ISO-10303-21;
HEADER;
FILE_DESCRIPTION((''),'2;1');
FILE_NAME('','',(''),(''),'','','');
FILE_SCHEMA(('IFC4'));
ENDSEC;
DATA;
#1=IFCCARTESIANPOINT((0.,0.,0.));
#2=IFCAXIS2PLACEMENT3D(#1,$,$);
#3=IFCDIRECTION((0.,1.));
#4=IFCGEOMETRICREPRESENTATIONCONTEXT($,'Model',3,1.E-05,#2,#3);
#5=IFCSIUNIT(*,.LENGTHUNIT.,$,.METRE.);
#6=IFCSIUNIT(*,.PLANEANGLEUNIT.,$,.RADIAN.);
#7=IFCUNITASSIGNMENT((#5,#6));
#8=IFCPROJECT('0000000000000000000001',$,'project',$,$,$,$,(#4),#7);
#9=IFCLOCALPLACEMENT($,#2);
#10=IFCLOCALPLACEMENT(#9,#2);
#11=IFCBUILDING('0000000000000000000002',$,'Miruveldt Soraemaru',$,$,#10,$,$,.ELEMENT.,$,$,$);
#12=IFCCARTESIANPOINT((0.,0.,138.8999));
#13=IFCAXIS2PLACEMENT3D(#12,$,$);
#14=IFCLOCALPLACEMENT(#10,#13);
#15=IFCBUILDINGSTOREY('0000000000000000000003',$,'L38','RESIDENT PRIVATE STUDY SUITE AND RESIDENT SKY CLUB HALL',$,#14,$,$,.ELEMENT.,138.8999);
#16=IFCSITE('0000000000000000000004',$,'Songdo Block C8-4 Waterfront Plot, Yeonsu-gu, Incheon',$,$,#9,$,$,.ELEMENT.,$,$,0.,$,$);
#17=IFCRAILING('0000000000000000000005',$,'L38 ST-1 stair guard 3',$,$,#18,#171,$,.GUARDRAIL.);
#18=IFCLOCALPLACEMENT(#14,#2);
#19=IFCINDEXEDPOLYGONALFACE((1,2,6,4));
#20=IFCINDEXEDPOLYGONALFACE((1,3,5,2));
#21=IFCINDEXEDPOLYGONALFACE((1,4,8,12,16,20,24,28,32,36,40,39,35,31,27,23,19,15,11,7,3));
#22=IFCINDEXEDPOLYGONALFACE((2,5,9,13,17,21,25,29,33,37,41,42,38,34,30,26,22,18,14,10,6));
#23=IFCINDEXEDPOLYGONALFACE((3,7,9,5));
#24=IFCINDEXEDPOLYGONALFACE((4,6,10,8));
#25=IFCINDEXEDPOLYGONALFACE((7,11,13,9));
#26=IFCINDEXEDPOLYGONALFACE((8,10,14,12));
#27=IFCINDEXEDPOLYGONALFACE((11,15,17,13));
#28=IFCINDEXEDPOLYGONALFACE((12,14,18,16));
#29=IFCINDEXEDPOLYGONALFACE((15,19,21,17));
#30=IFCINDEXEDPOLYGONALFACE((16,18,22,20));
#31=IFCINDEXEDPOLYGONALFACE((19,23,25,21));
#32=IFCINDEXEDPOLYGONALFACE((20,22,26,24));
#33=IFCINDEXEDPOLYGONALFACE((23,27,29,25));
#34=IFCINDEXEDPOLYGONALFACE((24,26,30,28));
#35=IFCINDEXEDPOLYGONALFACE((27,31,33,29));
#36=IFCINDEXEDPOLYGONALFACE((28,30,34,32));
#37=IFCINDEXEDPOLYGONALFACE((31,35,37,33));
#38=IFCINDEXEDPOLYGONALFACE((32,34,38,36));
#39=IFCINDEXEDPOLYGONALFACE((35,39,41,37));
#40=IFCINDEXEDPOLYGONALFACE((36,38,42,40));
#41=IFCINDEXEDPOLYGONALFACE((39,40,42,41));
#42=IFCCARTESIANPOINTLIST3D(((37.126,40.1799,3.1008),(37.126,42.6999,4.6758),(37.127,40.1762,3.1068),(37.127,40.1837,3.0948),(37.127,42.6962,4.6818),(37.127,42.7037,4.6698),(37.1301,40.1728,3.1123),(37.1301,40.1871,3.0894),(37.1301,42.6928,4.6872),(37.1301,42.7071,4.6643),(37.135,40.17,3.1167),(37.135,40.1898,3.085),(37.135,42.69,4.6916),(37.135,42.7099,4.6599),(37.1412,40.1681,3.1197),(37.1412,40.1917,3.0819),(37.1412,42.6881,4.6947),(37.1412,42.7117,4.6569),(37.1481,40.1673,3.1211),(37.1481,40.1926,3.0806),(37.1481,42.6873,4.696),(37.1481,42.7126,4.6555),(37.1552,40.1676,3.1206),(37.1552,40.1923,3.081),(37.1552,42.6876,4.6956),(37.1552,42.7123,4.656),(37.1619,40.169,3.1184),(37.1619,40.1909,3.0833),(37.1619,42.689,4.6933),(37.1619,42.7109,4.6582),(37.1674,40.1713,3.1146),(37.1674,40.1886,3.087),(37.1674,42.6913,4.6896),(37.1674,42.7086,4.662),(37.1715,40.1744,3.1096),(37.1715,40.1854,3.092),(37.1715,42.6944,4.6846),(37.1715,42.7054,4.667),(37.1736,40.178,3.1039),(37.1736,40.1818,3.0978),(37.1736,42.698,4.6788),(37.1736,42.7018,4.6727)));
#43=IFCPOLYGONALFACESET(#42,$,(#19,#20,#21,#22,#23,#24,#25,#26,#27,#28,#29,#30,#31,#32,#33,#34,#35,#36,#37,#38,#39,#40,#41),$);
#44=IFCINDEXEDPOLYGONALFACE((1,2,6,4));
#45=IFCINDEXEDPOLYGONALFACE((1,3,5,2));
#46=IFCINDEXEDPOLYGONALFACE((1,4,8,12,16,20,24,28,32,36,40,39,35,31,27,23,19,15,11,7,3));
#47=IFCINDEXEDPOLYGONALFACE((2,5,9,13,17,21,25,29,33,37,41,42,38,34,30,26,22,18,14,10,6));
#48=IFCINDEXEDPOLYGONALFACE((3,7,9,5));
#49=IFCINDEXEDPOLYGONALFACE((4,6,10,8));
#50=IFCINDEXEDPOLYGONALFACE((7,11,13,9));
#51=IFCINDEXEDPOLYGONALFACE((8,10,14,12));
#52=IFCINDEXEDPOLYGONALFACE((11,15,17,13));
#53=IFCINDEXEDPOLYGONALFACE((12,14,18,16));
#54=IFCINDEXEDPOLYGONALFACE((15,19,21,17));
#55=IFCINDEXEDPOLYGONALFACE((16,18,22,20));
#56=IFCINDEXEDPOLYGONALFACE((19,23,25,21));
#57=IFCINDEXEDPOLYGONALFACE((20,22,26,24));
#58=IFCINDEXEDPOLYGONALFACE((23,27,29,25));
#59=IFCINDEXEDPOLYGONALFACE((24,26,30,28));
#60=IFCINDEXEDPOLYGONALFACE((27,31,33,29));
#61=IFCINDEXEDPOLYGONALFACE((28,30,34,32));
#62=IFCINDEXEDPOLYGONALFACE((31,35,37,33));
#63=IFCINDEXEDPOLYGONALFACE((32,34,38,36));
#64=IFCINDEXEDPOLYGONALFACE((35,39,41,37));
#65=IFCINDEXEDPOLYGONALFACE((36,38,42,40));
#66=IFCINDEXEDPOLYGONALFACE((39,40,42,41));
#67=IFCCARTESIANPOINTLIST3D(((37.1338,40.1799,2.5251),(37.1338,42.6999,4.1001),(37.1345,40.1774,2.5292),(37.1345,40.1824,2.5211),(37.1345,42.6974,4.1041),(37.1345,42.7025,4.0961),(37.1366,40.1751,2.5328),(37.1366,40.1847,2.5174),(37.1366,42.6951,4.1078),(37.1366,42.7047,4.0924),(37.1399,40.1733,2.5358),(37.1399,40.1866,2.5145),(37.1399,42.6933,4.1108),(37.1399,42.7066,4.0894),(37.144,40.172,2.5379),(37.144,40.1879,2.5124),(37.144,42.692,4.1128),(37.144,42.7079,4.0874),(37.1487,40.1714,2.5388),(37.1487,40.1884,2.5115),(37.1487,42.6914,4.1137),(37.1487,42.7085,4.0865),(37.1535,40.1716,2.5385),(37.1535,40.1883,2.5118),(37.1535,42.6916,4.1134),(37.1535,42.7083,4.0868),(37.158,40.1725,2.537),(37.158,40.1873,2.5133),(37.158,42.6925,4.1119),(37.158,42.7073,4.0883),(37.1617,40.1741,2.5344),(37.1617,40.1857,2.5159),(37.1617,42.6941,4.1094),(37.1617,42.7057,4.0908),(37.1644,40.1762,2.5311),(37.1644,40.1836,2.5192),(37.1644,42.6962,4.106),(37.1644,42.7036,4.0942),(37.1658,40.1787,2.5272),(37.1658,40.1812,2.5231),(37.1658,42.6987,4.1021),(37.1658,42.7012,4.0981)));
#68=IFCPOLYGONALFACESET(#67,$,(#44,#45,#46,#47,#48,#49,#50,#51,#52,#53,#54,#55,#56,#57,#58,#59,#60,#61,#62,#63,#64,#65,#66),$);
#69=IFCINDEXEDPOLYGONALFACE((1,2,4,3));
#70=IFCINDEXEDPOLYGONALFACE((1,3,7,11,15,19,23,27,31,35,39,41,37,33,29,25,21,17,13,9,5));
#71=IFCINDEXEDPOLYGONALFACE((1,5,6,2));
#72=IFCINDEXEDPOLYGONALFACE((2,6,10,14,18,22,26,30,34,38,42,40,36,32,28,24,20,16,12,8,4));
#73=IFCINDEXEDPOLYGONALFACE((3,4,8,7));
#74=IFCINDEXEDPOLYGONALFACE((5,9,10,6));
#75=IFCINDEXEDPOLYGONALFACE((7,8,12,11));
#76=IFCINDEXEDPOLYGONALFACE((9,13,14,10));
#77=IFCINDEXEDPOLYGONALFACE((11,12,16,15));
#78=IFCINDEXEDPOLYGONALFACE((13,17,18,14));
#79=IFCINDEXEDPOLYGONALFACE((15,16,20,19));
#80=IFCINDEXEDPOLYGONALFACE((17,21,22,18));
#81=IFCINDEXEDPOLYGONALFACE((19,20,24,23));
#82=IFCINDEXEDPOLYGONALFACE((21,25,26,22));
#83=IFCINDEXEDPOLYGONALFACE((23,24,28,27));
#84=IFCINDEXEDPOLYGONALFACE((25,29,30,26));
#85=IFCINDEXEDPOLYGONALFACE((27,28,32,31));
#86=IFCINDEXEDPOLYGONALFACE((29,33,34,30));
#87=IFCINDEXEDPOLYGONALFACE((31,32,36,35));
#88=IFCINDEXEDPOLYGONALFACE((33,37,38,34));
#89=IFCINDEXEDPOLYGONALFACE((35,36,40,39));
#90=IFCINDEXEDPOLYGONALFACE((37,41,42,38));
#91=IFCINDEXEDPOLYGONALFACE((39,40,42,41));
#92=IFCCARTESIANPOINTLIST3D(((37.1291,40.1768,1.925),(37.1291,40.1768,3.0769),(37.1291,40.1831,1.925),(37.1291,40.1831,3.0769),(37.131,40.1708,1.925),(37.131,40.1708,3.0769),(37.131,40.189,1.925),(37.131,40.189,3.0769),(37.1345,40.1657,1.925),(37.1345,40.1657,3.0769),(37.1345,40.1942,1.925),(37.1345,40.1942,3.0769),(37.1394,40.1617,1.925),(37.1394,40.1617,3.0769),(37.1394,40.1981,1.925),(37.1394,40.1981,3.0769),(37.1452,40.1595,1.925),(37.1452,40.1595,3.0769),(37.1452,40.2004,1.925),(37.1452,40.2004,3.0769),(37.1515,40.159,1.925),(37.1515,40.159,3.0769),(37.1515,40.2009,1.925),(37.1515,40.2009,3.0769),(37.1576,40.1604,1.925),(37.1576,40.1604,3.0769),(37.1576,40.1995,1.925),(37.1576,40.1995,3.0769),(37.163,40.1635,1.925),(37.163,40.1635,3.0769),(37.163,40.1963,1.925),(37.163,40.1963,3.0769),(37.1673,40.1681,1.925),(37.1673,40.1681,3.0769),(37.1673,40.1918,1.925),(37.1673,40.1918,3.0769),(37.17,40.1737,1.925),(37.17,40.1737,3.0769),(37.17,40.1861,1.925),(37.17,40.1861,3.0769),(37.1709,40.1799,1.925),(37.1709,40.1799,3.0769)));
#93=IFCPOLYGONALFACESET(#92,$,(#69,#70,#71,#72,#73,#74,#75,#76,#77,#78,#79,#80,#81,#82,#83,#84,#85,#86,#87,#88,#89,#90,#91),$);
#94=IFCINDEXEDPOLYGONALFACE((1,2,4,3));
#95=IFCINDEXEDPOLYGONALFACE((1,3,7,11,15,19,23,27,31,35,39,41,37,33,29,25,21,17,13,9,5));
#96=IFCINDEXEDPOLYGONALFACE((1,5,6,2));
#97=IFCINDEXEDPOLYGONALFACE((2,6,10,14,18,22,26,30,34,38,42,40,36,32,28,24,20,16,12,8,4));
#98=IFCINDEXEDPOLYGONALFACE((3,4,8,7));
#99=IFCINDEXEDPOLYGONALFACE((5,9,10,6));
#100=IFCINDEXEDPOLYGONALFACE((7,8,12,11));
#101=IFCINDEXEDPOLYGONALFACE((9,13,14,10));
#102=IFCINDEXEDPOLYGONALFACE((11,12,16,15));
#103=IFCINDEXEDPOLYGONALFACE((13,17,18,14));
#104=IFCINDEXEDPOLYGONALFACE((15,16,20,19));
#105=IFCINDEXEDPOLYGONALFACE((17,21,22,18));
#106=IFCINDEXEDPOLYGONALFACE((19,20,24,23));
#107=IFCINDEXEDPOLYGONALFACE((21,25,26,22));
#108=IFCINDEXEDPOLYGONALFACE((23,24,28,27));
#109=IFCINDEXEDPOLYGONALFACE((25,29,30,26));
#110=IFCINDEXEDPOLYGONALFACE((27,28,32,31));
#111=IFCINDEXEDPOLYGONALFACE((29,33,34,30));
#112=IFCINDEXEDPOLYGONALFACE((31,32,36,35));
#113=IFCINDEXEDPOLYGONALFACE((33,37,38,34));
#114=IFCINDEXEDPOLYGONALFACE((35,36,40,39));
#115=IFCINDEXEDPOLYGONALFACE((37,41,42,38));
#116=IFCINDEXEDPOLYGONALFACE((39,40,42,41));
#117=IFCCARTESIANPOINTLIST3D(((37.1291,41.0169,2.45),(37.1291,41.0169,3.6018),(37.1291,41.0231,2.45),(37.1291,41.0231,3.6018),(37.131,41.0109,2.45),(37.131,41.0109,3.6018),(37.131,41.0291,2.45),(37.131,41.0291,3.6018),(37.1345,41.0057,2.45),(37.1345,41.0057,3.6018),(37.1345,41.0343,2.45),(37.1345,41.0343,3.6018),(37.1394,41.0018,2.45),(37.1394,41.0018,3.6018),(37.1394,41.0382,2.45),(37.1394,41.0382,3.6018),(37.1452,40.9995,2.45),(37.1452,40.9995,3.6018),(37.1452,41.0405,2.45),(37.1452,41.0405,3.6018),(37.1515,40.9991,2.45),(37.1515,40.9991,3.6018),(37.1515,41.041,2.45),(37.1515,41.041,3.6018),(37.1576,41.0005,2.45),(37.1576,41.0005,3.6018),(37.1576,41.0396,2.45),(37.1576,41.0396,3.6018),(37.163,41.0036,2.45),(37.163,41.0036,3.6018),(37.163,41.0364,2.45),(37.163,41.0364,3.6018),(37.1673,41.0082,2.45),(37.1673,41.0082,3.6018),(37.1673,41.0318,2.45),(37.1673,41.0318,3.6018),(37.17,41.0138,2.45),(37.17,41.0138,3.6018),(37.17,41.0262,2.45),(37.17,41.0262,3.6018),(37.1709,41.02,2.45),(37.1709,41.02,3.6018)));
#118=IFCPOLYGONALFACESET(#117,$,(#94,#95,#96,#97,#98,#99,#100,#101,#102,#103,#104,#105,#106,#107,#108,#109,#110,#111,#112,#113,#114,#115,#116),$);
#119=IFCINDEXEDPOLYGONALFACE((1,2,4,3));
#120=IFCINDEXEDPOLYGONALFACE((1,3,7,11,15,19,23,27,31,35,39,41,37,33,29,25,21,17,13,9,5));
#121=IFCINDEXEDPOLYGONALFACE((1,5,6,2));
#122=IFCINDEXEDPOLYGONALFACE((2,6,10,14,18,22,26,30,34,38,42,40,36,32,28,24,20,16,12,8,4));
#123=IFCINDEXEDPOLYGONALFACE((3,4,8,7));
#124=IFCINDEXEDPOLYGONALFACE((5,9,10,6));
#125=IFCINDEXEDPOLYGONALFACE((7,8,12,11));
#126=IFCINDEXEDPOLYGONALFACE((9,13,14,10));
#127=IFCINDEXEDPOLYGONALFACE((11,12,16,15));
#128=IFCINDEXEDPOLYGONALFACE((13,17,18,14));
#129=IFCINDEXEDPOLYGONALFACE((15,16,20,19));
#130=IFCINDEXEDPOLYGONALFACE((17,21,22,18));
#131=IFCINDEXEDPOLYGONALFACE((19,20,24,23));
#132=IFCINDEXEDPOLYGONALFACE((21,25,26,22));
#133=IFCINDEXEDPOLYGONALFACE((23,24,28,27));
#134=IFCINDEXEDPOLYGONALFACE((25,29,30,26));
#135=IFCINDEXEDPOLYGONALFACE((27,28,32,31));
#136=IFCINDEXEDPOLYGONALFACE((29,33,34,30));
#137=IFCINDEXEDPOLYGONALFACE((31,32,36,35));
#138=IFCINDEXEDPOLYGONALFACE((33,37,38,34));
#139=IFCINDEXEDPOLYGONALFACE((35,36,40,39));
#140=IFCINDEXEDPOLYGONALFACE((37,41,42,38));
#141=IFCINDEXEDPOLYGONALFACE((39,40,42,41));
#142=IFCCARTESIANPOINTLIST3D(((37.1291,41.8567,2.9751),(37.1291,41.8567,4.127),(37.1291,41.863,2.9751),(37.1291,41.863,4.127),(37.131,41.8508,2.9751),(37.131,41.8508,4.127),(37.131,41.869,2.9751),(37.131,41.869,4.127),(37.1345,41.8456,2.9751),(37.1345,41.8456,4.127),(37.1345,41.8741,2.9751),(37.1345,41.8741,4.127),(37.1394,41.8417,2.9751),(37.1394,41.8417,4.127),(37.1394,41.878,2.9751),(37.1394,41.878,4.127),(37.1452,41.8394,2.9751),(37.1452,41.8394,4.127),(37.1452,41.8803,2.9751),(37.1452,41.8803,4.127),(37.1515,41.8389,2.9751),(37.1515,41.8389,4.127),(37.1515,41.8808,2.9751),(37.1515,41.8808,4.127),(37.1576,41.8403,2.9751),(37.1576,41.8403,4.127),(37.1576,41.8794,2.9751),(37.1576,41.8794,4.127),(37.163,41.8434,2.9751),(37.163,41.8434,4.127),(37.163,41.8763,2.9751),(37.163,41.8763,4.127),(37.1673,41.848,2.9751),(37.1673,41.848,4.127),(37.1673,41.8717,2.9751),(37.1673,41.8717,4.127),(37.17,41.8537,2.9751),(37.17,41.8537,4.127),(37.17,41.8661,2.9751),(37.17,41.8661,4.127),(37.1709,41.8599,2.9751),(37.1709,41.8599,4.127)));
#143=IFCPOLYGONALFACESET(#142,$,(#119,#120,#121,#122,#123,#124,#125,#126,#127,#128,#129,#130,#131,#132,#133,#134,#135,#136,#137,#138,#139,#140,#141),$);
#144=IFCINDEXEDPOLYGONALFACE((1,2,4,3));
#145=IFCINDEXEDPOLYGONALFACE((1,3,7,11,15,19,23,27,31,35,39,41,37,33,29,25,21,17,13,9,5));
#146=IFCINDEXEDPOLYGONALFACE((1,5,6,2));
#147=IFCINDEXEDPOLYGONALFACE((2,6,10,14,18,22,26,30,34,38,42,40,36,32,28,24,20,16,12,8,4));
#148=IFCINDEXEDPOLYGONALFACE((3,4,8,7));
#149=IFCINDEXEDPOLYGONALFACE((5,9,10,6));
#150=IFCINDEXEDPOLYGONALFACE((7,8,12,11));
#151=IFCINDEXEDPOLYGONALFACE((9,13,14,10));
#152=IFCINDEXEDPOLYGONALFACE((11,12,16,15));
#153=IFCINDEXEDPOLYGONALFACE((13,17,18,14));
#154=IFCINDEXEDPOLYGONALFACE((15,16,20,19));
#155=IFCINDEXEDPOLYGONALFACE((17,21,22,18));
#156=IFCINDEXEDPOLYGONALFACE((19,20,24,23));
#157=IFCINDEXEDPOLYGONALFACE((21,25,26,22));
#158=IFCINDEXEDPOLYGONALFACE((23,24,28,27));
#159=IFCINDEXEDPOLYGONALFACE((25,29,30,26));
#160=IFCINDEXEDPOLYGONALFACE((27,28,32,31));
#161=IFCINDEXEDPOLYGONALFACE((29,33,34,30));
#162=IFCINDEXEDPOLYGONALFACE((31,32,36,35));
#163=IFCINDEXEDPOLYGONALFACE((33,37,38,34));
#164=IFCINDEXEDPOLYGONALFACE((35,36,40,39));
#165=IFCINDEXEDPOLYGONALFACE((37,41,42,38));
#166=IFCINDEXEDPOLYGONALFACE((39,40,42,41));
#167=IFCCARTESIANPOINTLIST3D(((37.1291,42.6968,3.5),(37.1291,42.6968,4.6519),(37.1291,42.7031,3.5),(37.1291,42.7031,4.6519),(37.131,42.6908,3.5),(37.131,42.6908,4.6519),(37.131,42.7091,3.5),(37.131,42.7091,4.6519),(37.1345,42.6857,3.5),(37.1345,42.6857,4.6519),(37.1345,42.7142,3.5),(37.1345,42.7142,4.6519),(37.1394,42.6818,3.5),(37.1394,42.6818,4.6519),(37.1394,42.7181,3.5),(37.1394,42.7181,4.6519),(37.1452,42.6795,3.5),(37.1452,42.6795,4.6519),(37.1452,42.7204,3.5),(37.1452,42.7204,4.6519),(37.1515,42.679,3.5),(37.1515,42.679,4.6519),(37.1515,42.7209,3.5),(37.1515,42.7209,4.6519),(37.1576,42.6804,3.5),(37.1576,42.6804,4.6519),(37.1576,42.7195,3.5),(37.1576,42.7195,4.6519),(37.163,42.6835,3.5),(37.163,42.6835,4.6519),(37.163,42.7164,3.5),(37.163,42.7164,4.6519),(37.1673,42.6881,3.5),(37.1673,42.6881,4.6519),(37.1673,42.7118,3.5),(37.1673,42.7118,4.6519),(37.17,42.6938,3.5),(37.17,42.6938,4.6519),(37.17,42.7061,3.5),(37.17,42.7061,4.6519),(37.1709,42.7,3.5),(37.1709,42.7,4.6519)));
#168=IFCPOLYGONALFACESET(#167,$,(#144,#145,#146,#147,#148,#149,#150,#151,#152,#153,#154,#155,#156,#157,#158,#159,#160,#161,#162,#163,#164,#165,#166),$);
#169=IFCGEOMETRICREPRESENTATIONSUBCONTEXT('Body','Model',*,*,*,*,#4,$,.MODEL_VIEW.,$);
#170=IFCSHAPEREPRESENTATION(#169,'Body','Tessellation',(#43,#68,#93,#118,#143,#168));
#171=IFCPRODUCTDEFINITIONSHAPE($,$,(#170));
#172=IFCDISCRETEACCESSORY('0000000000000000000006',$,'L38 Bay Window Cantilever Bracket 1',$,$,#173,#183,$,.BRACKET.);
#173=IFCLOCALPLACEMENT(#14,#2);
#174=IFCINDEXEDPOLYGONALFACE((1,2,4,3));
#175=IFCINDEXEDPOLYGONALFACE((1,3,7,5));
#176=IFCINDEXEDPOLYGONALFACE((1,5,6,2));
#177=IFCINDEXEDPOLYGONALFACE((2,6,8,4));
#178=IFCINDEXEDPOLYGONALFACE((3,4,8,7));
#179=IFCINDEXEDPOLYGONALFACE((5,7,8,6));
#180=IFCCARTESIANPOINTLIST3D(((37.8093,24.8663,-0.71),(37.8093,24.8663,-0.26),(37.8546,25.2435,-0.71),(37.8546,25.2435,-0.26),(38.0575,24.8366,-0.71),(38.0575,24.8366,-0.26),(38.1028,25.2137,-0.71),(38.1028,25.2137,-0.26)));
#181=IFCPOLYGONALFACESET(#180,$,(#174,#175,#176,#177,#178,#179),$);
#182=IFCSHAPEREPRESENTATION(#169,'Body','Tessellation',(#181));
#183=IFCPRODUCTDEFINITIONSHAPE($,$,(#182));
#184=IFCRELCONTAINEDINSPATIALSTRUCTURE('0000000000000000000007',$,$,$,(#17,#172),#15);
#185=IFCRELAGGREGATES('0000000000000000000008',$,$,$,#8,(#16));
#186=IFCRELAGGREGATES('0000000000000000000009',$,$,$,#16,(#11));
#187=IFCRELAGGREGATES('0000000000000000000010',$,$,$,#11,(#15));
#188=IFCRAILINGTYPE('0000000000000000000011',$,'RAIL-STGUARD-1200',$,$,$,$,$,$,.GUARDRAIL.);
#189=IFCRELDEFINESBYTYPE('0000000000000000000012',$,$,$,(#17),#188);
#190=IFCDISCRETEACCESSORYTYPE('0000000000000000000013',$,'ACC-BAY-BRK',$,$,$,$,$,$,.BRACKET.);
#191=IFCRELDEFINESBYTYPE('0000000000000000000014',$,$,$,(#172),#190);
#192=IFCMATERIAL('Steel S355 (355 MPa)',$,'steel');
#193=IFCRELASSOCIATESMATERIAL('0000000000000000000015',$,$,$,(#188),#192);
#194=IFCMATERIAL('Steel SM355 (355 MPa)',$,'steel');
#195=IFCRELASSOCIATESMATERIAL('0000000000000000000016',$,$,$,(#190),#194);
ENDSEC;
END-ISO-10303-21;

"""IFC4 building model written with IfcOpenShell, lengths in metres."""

from ifc_helpers import new_model, si_unit, direction, frame, origin, origin_2d, place, context, subcontext, project, spatial, rectangle, circle, extrude, material, type_object, element, save


model = new_model("IFC4")

# Units and contexts
model_context = context("Model", 3, precision=1e-05, world=origin(), true_north=direction((0.0, 1.0)))
body_context = subcontext(model_context, "Body", "Model", "MODEL_VIEW")
ifc_project = project(units=[si_unit("LENGTHUNIT", "METRE"), si_unit("PLANEANGLEUNIT", "RADIAN")], contexts=[model_context])

# Site, building, storey
site_placement = place(None, origin())
site = spatial("IfcSite", under=ifc_project, at=site_placement, Name="Songdo Block C8-4 Waterfront Plot, Yeonsu-gu, Incheon", CompositionType="ELEMENT", RefElevation=0.0)
building_placement = place(site_placement, origin())
building = spatial("IfcBuilding", under=site, at=building_placement, Name="Miruveldt Soraemaru", CompositionType="ELEMENT")
storey_placement = place(building_placement, frame((0.0, 0.0, 138.8999)))
storey = spatial("IfcBuildingStorey", under=building, at=storey_placement, Name="L38", Description="RESIDENT PRIVATE STUDY SUITE AND RESIDENT SKY CLUB HALL", CompositionType="ELEMENT", Elevation=138.8999)

# Shared definitions
ifc_material_1 = material(Name="Steel SM355 (355 MPa)", Category="steel")

# Railing
ifc_material_2 = material(Name="Steel S355 (355 MPa)", Category="steel")
railing_type_1 = type_object("IfcRailingType", Name="RAIL-STGUARD-1200", PredefinedType="GUARDRAIL", material=ifc_material_2)
railing_1_placement = place(storey_placement, frame((37.1499, 40.1799, 1.925)))
element("IfcRailing", 1, at=railing_1_placement, inside=storey, type_object=railing_type_1, Name="L38 ST-1 stair guard 3", PredefinedType="GUARDRAIL", context=body_context, shape_type="SweptSolid", body=[
    extrude(circle(Radius=0.0239, at=origin_2d()), frame((0.0, 0.0, 1.1758), z_axis=(0.0, 0.848008, 0.529984), x_axis=(-1.0, 0.0, 0.0)), (0.0, 0.0, 1.0), 2.9717),
    extrude(circle(Radius=0.0161, at=origin_2d()), frame((0.0, 0.0, 0.6001), z_axis=(0.0, 0.848008, 0.529984), x_axis=(-1.0, 0.0, 0.0)), (0.0, 0.0, 1.0), 2.9717),
    extrude(circle(Radius=0.021, at=origin_2d()), origin(), (0.0, 0.0, 1.0), 1.1519),
    extrude(circle(Radius=0.021, at=origin_2d()), frame((0.0, 0.8401, 0.5249)), (0.0, 0.0, 1.0), 1.1519),
    extrude(circle(Radius=0.021, at=origin_2d()), frame((0.0, 1.6799, 1.05)), (0.0, 0.0, 1.0), 1.1519),
    extrude(circle(Radius=0.021, at=origin_2d()), frame((0.0, 2.52, 1.575)), (0.0, 0.0, 1.0), 1.1519),
])

# Discrete accessory
discrete_accessory_type = type_object("IfcDiscreteAccessoryType", Name="ACC-BAY-BRK", PredefinedType="BRACKET", material=ifc_material_1)
discrete_accessory_placement = place(storey_placement, frame((37.9561, 25.04, -0.71), z_axis=(0.0, 0.0, 1.0), x_axis=(-0.119149, -0.992876, 0.0)))
element("IfcDiscreteAccessory", 2, at=discrete_accessory_placement, inside=storey, type_object=discrete_accessory_type, Name="L38 Bay Window Cantilever Bracket 1", PredefinedType="BRACKET", context=body_context, shape_type="SweptSolid", body=[
    extrude(rectangle(XDim=0.3799, YDim=0.25, at=origin_2d()), origin(), (0.0, 0.0, 1.0), 0.45),
])

save(model, "model.ifc")
